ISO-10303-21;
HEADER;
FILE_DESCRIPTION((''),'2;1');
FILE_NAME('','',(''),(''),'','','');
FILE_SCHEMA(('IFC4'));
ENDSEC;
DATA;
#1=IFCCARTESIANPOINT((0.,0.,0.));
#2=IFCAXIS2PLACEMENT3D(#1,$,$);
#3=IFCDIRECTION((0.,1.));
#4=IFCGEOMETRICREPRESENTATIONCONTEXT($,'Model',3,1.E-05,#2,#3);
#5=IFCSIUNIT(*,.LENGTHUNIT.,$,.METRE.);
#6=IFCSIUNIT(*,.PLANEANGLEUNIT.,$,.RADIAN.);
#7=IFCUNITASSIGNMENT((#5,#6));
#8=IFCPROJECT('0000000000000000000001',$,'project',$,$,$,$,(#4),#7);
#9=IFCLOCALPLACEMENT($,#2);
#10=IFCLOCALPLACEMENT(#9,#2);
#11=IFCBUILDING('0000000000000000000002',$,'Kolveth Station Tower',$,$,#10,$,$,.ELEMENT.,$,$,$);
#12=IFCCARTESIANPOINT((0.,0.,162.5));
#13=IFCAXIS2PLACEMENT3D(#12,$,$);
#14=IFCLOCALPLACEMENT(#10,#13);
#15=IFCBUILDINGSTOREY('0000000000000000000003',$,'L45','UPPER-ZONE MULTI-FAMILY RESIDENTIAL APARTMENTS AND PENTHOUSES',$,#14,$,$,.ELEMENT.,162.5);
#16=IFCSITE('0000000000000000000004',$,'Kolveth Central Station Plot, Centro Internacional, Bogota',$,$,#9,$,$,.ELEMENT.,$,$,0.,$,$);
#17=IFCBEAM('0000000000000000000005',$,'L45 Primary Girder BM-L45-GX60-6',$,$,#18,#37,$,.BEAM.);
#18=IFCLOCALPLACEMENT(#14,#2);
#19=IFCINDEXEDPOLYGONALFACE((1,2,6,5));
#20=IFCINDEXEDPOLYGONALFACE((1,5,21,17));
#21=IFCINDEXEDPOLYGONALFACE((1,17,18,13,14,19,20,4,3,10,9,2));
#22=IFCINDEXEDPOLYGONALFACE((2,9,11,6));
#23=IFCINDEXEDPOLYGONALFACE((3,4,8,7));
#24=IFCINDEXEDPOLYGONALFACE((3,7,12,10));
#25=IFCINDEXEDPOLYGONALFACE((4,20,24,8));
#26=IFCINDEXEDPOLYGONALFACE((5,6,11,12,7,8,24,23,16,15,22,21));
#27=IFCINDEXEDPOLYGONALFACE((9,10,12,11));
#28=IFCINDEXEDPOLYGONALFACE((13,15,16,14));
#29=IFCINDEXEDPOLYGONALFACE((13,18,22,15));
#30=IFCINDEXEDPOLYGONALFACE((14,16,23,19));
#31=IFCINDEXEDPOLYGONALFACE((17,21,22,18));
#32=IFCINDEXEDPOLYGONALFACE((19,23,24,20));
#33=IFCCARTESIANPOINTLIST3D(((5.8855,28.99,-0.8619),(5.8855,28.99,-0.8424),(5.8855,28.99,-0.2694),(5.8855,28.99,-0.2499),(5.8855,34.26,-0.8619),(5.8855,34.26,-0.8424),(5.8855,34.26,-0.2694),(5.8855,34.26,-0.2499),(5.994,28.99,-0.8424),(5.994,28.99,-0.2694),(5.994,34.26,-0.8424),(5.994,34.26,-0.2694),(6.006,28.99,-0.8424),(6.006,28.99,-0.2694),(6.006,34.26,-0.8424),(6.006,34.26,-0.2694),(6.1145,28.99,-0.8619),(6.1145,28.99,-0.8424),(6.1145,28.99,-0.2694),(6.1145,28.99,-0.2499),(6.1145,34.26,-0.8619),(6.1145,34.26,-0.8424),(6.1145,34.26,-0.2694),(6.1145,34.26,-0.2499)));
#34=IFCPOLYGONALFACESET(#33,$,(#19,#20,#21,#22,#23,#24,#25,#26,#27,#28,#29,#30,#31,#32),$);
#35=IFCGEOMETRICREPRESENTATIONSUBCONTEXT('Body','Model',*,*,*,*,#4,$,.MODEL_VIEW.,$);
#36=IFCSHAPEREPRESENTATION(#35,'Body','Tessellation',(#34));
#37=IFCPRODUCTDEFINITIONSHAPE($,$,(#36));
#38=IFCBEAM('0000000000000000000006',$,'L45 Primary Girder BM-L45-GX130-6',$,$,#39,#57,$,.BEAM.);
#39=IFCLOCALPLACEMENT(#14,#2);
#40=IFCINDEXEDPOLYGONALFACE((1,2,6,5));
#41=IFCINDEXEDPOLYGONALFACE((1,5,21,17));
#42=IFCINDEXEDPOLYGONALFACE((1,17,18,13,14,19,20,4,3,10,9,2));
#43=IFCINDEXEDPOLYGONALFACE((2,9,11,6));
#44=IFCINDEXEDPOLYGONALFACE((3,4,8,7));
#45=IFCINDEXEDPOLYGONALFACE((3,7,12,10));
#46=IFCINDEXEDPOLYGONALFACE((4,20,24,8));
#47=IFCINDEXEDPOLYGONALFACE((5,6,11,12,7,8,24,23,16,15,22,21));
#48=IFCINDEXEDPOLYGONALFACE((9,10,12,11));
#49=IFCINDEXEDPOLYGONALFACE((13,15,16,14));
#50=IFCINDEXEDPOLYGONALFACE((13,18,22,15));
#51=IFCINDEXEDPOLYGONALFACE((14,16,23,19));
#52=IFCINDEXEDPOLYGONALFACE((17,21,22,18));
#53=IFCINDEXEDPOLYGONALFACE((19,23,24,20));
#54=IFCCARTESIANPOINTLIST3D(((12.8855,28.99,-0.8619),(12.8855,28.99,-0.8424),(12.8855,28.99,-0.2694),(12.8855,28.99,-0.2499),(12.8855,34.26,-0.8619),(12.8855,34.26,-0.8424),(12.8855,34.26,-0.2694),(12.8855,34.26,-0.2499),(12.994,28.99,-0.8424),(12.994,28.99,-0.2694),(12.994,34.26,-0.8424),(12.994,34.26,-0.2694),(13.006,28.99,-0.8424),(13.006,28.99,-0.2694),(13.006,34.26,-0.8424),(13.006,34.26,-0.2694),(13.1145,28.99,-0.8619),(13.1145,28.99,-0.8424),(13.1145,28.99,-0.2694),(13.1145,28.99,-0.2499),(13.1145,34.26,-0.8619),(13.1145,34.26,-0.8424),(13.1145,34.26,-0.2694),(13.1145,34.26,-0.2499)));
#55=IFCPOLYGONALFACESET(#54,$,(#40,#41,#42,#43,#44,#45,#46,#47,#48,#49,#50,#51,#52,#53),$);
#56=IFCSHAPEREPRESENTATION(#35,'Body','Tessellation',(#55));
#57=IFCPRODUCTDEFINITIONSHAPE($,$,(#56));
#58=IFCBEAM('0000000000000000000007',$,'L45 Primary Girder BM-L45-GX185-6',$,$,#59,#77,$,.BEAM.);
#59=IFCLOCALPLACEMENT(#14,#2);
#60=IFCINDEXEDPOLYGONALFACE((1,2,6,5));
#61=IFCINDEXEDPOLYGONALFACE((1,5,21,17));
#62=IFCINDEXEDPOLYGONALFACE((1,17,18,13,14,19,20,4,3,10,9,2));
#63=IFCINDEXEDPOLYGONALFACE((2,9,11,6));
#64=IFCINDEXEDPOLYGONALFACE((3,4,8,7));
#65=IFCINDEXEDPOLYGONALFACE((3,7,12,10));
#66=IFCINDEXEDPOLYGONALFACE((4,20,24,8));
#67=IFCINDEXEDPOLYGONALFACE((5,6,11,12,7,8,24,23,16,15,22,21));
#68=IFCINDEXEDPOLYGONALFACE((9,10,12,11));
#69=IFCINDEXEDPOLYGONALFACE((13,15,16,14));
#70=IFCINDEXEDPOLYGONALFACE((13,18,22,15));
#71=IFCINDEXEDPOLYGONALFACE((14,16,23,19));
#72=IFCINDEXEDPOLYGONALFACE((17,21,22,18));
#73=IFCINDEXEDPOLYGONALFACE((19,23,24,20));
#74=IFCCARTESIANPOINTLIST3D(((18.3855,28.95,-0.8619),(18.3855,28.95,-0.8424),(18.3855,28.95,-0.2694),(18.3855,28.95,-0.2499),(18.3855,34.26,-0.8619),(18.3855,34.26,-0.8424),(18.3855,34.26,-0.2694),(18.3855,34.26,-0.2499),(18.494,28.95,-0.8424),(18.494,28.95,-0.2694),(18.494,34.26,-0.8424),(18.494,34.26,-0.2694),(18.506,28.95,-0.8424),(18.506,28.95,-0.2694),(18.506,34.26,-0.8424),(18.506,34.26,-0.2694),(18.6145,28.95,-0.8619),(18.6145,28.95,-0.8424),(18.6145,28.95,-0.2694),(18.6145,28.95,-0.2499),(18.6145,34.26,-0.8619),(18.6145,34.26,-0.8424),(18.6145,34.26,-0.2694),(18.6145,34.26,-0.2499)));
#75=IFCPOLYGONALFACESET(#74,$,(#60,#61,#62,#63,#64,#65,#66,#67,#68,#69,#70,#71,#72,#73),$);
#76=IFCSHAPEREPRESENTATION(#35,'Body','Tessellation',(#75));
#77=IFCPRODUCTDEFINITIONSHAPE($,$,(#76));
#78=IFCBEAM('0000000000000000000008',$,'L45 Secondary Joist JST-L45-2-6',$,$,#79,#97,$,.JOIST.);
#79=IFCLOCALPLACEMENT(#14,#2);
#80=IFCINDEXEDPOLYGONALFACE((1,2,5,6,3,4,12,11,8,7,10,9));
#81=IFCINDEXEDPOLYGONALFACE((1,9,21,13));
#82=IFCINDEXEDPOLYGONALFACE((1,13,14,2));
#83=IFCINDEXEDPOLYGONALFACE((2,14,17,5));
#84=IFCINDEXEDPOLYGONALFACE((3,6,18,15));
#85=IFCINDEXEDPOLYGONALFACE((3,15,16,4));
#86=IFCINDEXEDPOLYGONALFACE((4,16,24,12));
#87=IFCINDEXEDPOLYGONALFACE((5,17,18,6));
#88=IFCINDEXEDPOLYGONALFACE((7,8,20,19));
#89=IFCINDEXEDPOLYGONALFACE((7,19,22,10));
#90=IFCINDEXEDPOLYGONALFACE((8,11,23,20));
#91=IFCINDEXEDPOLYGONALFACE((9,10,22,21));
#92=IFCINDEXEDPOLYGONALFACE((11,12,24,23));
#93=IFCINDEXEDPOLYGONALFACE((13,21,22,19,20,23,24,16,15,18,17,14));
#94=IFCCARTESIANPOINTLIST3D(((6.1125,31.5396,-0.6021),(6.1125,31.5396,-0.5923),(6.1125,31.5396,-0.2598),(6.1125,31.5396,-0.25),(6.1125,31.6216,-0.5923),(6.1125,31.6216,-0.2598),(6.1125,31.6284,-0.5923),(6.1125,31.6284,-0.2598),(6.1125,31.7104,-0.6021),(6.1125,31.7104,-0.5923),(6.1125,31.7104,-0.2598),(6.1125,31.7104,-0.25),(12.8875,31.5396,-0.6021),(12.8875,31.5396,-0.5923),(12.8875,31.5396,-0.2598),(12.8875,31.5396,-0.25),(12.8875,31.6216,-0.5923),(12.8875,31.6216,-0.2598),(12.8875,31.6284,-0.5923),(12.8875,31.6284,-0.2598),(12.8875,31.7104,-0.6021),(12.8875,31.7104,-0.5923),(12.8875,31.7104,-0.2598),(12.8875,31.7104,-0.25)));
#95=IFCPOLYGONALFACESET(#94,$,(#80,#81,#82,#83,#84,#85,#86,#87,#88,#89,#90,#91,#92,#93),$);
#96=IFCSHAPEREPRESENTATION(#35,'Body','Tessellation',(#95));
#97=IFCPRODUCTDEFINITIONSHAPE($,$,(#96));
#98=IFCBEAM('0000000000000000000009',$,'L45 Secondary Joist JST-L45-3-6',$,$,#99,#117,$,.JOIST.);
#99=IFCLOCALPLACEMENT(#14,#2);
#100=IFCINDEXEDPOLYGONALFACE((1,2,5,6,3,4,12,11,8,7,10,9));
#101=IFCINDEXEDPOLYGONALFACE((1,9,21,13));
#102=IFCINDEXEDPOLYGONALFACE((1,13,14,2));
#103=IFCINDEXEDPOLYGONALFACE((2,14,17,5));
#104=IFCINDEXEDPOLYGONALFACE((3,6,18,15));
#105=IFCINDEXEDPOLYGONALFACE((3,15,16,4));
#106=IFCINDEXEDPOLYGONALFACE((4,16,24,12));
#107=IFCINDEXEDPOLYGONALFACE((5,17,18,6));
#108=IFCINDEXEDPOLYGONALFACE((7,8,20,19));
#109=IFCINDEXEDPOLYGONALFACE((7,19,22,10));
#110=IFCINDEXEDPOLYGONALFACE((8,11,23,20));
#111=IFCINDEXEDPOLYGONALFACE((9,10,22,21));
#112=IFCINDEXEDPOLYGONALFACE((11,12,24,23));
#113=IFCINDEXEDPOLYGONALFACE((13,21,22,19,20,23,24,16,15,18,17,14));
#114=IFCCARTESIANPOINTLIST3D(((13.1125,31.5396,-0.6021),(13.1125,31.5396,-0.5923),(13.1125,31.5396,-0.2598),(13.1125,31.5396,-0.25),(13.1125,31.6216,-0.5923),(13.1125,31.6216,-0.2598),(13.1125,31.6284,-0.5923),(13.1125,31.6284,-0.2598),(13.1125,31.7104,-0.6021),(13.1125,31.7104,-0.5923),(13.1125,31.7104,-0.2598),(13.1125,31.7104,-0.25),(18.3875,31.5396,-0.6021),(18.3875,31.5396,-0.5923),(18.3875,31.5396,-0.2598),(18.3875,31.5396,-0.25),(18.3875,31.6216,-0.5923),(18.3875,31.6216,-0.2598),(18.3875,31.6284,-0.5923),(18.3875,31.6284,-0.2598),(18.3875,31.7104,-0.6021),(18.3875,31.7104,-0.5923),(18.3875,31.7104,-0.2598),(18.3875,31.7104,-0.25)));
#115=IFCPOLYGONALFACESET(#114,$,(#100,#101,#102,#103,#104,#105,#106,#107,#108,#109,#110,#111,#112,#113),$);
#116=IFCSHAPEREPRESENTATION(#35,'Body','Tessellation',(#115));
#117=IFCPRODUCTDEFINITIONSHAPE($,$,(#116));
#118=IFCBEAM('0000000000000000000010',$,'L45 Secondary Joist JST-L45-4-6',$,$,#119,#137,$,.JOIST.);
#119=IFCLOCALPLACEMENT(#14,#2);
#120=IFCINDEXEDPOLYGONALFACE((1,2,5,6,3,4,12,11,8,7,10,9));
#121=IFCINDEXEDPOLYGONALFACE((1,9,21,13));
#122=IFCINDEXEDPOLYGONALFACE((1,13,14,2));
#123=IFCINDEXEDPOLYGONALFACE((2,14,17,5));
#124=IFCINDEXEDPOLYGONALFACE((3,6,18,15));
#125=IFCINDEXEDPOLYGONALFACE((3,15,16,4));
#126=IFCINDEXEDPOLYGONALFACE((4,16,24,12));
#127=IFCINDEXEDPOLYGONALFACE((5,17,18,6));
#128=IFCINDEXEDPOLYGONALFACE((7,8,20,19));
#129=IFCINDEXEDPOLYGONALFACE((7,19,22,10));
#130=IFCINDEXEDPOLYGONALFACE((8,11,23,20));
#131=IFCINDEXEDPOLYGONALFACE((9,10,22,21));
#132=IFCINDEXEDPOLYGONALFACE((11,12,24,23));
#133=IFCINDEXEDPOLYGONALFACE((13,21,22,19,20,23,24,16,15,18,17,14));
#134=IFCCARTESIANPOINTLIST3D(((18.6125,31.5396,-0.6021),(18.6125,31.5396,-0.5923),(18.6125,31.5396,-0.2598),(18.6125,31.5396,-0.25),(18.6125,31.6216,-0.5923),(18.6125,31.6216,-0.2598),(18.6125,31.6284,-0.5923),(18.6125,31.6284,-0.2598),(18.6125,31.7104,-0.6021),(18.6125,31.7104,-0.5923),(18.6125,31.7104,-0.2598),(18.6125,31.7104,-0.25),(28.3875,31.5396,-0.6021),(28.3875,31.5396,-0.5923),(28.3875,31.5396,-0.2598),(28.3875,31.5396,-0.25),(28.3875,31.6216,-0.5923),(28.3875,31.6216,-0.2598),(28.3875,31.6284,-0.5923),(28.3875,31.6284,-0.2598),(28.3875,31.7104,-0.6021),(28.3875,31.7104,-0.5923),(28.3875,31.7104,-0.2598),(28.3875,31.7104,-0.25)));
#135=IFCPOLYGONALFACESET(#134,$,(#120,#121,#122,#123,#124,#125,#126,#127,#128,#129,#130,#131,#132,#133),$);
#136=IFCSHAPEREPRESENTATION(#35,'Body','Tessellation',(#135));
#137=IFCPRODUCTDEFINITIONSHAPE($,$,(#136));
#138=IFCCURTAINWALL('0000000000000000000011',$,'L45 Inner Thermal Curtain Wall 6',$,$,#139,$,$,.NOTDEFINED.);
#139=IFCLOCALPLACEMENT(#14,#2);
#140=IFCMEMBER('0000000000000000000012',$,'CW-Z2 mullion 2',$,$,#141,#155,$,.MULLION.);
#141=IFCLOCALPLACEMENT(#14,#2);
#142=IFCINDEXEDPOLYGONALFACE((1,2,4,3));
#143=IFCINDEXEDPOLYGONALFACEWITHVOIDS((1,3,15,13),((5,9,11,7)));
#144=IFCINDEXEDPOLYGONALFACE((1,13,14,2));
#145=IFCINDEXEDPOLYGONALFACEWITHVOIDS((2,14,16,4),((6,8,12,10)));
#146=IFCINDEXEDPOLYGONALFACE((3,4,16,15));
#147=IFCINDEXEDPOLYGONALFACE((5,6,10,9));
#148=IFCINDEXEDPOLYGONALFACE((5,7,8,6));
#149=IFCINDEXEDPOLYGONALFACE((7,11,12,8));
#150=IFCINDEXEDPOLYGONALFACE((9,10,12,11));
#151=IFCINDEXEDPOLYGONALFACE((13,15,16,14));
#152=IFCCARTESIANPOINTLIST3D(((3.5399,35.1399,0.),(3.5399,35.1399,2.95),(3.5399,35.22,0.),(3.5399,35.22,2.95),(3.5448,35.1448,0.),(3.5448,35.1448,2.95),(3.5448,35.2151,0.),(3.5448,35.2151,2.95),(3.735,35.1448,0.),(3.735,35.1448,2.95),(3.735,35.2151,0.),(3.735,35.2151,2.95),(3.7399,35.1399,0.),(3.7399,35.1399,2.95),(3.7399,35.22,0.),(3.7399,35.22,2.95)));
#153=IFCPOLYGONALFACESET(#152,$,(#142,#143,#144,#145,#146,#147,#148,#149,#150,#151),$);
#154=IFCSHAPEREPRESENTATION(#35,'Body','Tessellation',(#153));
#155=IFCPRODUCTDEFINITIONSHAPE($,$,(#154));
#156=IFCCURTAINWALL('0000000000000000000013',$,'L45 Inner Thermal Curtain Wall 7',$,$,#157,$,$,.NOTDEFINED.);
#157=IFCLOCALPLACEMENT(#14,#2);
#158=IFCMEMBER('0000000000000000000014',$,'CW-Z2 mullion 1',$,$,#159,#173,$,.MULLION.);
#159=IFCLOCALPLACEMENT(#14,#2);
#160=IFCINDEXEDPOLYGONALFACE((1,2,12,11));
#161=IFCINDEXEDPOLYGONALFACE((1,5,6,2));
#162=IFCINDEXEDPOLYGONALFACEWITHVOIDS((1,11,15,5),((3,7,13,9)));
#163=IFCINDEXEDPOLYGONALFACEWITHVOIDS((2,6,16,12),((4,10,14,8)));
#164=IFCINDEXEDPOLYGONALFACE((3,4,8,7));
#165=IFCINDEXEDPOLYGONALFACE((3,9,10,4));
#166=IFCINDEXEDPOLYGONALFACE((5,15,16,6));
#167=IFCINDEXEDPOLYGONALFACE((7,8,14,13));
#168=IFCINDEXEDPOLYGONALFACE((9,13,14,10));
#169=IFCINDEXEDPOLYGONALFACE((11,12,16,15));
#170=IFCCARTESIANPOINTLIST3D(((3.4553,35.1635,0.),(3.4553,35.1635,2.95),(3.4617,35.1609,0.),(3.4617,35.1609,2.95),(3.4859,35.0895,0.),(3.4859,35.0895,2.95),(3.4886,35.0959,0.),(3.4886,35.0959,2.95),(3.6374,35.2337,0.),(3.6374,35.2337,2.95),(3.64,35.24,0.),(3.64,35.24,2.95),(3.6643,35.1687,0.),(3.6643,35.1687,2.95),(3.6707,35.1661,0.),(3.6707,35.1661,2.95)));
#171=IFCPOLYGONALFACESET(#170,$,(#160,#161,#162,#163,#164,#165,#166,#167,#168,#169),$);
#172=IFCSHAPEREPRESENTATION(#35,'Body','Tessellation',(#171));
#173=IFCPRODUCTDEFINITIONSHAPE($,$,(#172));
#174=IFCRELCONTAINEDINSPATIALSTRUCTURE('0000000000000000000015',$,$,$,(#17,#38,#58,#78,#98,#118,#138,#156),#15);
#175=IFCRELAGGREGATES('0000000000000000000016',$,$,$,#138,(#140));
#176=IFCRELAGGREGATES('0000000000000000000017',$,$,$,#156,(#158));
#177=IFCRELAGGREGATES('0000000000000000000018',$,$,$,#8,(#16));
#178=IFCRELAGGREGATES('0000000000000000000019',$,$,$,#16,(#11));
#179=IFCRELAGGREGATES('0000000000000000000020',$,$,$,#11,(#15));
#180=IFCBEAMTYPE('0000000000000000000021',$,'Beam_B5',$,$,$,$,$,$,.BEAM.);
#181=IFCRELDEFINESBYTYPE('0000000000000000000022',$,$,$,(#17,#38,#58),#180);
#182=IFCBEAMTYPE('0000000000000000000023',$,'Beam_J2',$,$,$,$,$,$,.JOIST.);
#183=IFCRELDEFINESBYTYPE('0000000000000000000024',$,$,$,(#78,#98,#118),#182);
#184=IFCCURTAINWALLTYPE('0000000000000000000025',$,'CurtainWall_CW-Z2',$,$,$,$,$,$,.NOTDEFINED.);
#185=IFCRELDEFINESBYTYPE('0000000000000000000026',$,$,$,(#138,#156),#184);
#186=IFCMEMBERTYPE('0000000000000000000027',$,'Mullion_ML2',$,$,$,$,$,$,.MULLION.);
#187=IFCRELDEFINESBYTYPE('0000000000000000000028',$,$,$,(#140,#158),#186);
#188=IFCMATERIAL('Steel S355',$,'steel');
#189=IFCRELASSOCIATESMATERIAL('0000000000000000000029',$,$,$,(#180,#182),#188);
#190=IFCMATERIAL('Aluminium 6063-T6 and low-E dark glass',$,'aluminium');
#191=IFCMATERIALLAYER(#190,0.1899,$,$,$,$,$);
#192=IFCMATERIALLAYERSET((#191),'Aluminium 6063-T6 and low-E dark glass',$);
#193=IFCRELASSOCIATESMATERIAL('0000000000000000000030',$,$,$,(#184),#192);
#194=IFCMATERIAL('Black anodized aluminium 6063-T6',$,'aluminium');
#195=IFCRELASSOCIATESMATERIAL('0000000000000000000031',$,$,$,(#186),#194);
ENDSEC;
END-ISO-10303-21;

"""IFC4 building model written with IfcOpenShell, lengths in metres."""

from ifc_helpers import new_model, si_unit, direction, frame, origin, origin_2d, place, context, subcontext, project, spatial, hollow_rectangle, i_section, extrude, source, transform, mapped, material, layer, layer_set, material_profile, profile_set, type_object, element, aggregate, save


model = new_model("IFC4")

# Units and contexts
model_context = context("Model", 3, precision=1e-05, world=origin(), true_north=direction((0.0, 1.0)))
body_context = subcontext(model_context, "Body", "Model", "MODEL_VIEW")
ifc_project = project(units=[si_unit("LENGTHUNIT", "METRE"), si_unit("PLANEANGLEUNIT", "RADIAN")], contexts=[model_context])

# Site, building, storey
site_placement = place(None, origin())
site = spatial("IfcSite", under=ifc_project, at=site_placement, Name="Kolveth Central Station Plot, Centro Internacional, Bogota", CompositionType="ELEMENT", RefElevation=0.0)
building_placement = place(site_placement, origin())
building = spatial("IfcBuilding", under=site, at=building_placement, Name="Kolveth Station Tower", CompositionType="ELEMENT")
storey_placement = place(building_placement, frame((0.0, 0.0, 162.5)))
storey = spatial("IfcBuildingStorey", under=building, at=storey_placement, Name="L45", Description="UPPER-ZONE MULTI-FAMILY RESIDENTIAL APARTMENTS AND PENTHOUSES", CompositionType="ELEMENT", Elevation=162.5)

# Shared definitions
ifc_material_1 = material(Name="Steel S355", Category="steel")

# Beams
ifc_material_profile_1 = material_profile(ifc_material_1, i_section(OverallWidth=0.229, OverallDepth=0.6121, WebThickness=0.012, FlangeThickness=0.0195, at=origin_2d()), Name="W610x125")
ifc_profile_set_1 = profile_set([ifc_material_profile_1], Name="Steel S355")
beam_type_1 = type_object("IfcBeamType", Name="Beam_B5", PredefinedType="BEAM", material=ifc_profile_set_1)
shared_shape_1 = source(origin(), body_context, "Body", "SweptSolid", [
    extrude(i_section(OverallWidth=0.229, OverallDepth=0.6121, WebThickness=0.012, FlangeThickness=0.0195, at=origin_2d()), origin(), (0.0, 0.0, 1.0), 5.27),
])
for number, where, z_axis, x_axis, name in (
    (1, (6.0, 28.99, -0.5559), (0.0, 1.0, 0.0), (-1.0, 0.0, 0.0), "L45 Primary Girder BM-L45-GX60-6"),
    (2, (13.0, 28.99, -0.5559), (0.0, 1.0, 0.0), (-1.0, 0.0, 0.0), "L45 Primary Girder BM-L45-GX130-6"),
):
    element("IfcBeam", number, at=place(storey_placement, frame(where, z_axis=z_axis, x_axis=x_axis)), inside=storey, type_object=beam_type_1, Name=name, PredefinedType="BEAM", context=body_context, shape_type="MappedRepresentation", body=[
        mapped(shared_shape_1, transform((0.0, 0.0, 0.0), x_axis=(1.0, 0.0, 0.0), y_axis=(0.0, 1.0, 0.0), z_axis=(0.0, 0.0, 1.0), scale=1.0)),
    ])
shared_shape_2 = source(origin(), body_context, "Body", "SweptSolid", [
    extrude(i_section(OverallWidth=0.229, OverallDepth=0.6121, WebThickness=0.012, FlangeThickness=0.0195, at=origin_2d()), origin(), (0.0, 0.0, 1.0), 5.3101),
])
beam_1_placement = place(storey_placement, frame((18.5, 28.95, -0.5559), z_axis=(0.0, 1.0, 0.0), x_axis=(-1.0, 0.0, 0.0)))
element("IfcBeam", 3, at=beam_1_placement, inside=storey, type_object=beam_type_1, Name="L45 Primary Girder BM-L45-GX185-6", PredefinedType="BEAM", context=body_context, shape_type="MappedRepresentation", body=[
    mapped(shared_shape_2, transform((0.0, 0.0, 0.0), x_axis=(1.0, 0.0, 0.0), y_axis=(0.0, 1.0, 0.0), z_axis=(0.0, 0.0, 1.0), scale=1.0)),
])
ifc_material_profile_2 = material_profile(ifc_material_1, i_section(OverallWidth=0.1709, OverallDepth=0.3521, WebThickness=0.0068, FlangeThickness=0.0098, at=origin_2d()), Name="W360x44")
ifc_profile_set_2 = profile_set([ifc_material_profile_2], Name="Steel S355")
beam_type_2 = type_object("IfcBeamType", Name="Beam_J2", PredefinedType="JOIST", material=ifc_profile_set_2)
shared_shape_3 = source(origin(), body_context, "Body", "SweptSolid", [
    extrude(i_section(OverallWidth=0.1709, OverallDepth=0.3521, WebThickness=0.0068, FlangeThickness=0.0098, at=origin_2d()), origin(), (0.0, 0.0, 1.0), 6.7749),
])
beam_2_placement = place(storey_placement, frame((6.1125, 31.625, -0.426), z_axis=(1.0, 0.0, 0.0), x_axis=(0.0, 1.0, 0.0)))
element("IfcBeam", 4, at=beam_2_placement, inside=storey, type_object=beam_type_2, Name="L45 Secondary Joist JST-L45-2-6", PredefinedType="JOIST", context=body_context, shape_type="MappedRepresentation", body=[
    mapped(shared_shape_3, transform((0.0, 0.0, 0.0), x_axis=(1.0, 0.0, 0.0), y_axis=(0.0, 1.0, 0.0), z_axis=(0.0, 0.0, 1.0), scale=1.0)),
])
shared_shape_4 = source(origin(), body_context, "Body", "SweptSolid", [
    extrude(i_section(OverallWidth=0.1709, OverallDepth=0.3521, WebThickness=0.0068, FlangeThickness=0.0098, at=origin_2d()), origin(), (0.0, 0.0, 1.0), 5.2749),
])
beam_3_placement = place(storey_placement, frame((13.1125, 31.625, -0.426), z_axis=(1.0, 0.0, 0.0), x_axis=(0.0, 1.0, 0.0)))
element("IfcBeam", 5, at=beam_3_placement, inside=storey, type_object=beam_type_2, Name="L45 Secondary Joist JST-L45-3-6", PredefinedType="JOIST", context=body_context, shape_type="MappedRepresentation", body=[
    mapped(shared_shape_4, transform((0.0, 0.0, 0.0), x_axis=(1.0, 0.0, 0.0), y_axis=(0.0, 1.0, 0.0), z_axis=(0.0, 0.0, 1.0), scale=1.0)),
])
shared_shape_5 = source(origin(), body_context, "Body", "SweptSolid", [
    extrude(i_section(OverallWidth=0.1709, OverallDepth=0.3521, WebThickness=0.0068, FlangeThickness=0.0098, at=origin_2d()), origin(), (0.0, 0.0, 1.0), 9.7749),
])
beam_4_placement = place(storey_placement, frame((18.6125, 31.625, -0.426), z_axis=(1.0, 0.0, 0.0), x_axis=(0.0, 1.0, 0.0)))
element("IfcBeam", 6, at=beam_4_placement, inside=storey, type_object=beam_type_2, Name="L45 Secondary Joist JST-L45-4-6", PredefinedType="JOIST", context=body_context, shape_type="MappedRepresentation", body=[
    mapped(shared_shape_5, transform((0.0, 0.0, 0.0), x_axis=(1.0, 0.0, 0.0), y_axis=(0.0, 1.0, 0.0), z_axis=(0.0, 0.0, 1.0), scale=1.0)),
])

# Curtain wall, member
ifc_material_2 = material(Name="Aluminium 6063-T6 and low-E dark glass", Category="aluminium")
ifc_layer_1 = layer(ifc_material_2, 0.1899)
ifc_layer_set_1 = layer_set([ifc_layer_1], Name="Aluminium 6063-T6 and low-E dark glass")
curtain_wall_type = type_object("IfcCurtainWallType", Name="CurtainWall_CW-Z2", PredefinedType="NOTDEFINED", material=ifc_layer_set_1)
curtain_wall_1_placement = place(storey_placement, origin())
curtain_wall_1 = element("IfcCurtainWall", 7, at=curtain_wall_1_placement, inside=storey, type_object=curtain_wall_type, Name="L45 Inner Thermal Curtain Wall 6", PredefinedType="NOTDEFINED")
ifc_material_3 = material(Name="Black anodized aluminium 6063-T6", Category="aluminium")
ifc_material_profile_3 = material_profile(ifc_material_3, hollow_rectangle(XDim=0.0801, YDim=0.2, WallThickness=0.0049, at=origin_2d()), Name="ALU-80x200x5")
ifc_profile_set_3 = profile_set([ifc_material_profile_3], Name="Black anodized aluminium 6063-T6")
member_type_1 = type_object("IfcMemberType", Name="Mullion_ML2", PredefinedType="MULLION", material=ifc_profile_set_3)
shared_shape_6 = source(origin(), body_context, "Body", "SweptSolid", [
    extrude(hollow_rectangle(XDim=0.0801, YDim=0.2, WallThickness=0.0049, at=origin_2d()), origin(), (0.0, 0.0, 1.0), 2.95),
])
member_1_placement = place(storey_placement, frame((3.6399, 35.1799, 0.0), z_axis=(0.0, 0.0, 1.0), x_axis=(0.0, -1.0, 0.0)))
member_1 = element("IfcMember", 8, at=member_1_placement, type_object=member_type_1, Name="CW-Z2 mullion 2", PredefinedType="MULLION", context=body_context, shape_type="MappedRepresentation", body=[
    mapped(shared_shape_6, transform((0.0, 0.0, 0.0), x_axis=(1.0, 0.0, 0.0), y_axis=(0.0, 1.0, 0.0), z_axis=(0.0, 0.0, 1.0), scale=1.0)),
])
aggregate(curtain_wall_1, [member_1])

# Curtain wall, member
curtain_wall_2_placement = place(storey_placement, origin())
curtain_wall_2 = element("IfcCurtainWall", 9, at=curtain_wall_2_placement, inside=storey, type_object=curtain_wall_type, Name="L45 Inner Thermal Curtain Wall 7", PredefinedType="NOTDEFINED")
member_2_placement = place(storey_placement, frame((3.563, 35.1648, 0.0), z_axis=(0.0, 0.0, 1.0), x_axis=(0.382698, -0.923874, 0.0)))
member_2 = element("IfcMember", 10, at=member_2_placement, type_object=member_type_1, Name="CW-Z2 mullion 1", PredefinedType="MULLION", context=body_context, shape_type="MappedRepresentation", body=[
    mapped(shared_shape_6, transform((0.0, 0.0, 0.0), x_axis=(1.0, 0.0, 0.0), y_axis=(0.0, 1.0, 0.0), z_axis=(0.0, 0.0, 1.0), scale=1.0)),
])
aggregate(curtain_wall_2, [member_2])

save(model, "model.ifc")
